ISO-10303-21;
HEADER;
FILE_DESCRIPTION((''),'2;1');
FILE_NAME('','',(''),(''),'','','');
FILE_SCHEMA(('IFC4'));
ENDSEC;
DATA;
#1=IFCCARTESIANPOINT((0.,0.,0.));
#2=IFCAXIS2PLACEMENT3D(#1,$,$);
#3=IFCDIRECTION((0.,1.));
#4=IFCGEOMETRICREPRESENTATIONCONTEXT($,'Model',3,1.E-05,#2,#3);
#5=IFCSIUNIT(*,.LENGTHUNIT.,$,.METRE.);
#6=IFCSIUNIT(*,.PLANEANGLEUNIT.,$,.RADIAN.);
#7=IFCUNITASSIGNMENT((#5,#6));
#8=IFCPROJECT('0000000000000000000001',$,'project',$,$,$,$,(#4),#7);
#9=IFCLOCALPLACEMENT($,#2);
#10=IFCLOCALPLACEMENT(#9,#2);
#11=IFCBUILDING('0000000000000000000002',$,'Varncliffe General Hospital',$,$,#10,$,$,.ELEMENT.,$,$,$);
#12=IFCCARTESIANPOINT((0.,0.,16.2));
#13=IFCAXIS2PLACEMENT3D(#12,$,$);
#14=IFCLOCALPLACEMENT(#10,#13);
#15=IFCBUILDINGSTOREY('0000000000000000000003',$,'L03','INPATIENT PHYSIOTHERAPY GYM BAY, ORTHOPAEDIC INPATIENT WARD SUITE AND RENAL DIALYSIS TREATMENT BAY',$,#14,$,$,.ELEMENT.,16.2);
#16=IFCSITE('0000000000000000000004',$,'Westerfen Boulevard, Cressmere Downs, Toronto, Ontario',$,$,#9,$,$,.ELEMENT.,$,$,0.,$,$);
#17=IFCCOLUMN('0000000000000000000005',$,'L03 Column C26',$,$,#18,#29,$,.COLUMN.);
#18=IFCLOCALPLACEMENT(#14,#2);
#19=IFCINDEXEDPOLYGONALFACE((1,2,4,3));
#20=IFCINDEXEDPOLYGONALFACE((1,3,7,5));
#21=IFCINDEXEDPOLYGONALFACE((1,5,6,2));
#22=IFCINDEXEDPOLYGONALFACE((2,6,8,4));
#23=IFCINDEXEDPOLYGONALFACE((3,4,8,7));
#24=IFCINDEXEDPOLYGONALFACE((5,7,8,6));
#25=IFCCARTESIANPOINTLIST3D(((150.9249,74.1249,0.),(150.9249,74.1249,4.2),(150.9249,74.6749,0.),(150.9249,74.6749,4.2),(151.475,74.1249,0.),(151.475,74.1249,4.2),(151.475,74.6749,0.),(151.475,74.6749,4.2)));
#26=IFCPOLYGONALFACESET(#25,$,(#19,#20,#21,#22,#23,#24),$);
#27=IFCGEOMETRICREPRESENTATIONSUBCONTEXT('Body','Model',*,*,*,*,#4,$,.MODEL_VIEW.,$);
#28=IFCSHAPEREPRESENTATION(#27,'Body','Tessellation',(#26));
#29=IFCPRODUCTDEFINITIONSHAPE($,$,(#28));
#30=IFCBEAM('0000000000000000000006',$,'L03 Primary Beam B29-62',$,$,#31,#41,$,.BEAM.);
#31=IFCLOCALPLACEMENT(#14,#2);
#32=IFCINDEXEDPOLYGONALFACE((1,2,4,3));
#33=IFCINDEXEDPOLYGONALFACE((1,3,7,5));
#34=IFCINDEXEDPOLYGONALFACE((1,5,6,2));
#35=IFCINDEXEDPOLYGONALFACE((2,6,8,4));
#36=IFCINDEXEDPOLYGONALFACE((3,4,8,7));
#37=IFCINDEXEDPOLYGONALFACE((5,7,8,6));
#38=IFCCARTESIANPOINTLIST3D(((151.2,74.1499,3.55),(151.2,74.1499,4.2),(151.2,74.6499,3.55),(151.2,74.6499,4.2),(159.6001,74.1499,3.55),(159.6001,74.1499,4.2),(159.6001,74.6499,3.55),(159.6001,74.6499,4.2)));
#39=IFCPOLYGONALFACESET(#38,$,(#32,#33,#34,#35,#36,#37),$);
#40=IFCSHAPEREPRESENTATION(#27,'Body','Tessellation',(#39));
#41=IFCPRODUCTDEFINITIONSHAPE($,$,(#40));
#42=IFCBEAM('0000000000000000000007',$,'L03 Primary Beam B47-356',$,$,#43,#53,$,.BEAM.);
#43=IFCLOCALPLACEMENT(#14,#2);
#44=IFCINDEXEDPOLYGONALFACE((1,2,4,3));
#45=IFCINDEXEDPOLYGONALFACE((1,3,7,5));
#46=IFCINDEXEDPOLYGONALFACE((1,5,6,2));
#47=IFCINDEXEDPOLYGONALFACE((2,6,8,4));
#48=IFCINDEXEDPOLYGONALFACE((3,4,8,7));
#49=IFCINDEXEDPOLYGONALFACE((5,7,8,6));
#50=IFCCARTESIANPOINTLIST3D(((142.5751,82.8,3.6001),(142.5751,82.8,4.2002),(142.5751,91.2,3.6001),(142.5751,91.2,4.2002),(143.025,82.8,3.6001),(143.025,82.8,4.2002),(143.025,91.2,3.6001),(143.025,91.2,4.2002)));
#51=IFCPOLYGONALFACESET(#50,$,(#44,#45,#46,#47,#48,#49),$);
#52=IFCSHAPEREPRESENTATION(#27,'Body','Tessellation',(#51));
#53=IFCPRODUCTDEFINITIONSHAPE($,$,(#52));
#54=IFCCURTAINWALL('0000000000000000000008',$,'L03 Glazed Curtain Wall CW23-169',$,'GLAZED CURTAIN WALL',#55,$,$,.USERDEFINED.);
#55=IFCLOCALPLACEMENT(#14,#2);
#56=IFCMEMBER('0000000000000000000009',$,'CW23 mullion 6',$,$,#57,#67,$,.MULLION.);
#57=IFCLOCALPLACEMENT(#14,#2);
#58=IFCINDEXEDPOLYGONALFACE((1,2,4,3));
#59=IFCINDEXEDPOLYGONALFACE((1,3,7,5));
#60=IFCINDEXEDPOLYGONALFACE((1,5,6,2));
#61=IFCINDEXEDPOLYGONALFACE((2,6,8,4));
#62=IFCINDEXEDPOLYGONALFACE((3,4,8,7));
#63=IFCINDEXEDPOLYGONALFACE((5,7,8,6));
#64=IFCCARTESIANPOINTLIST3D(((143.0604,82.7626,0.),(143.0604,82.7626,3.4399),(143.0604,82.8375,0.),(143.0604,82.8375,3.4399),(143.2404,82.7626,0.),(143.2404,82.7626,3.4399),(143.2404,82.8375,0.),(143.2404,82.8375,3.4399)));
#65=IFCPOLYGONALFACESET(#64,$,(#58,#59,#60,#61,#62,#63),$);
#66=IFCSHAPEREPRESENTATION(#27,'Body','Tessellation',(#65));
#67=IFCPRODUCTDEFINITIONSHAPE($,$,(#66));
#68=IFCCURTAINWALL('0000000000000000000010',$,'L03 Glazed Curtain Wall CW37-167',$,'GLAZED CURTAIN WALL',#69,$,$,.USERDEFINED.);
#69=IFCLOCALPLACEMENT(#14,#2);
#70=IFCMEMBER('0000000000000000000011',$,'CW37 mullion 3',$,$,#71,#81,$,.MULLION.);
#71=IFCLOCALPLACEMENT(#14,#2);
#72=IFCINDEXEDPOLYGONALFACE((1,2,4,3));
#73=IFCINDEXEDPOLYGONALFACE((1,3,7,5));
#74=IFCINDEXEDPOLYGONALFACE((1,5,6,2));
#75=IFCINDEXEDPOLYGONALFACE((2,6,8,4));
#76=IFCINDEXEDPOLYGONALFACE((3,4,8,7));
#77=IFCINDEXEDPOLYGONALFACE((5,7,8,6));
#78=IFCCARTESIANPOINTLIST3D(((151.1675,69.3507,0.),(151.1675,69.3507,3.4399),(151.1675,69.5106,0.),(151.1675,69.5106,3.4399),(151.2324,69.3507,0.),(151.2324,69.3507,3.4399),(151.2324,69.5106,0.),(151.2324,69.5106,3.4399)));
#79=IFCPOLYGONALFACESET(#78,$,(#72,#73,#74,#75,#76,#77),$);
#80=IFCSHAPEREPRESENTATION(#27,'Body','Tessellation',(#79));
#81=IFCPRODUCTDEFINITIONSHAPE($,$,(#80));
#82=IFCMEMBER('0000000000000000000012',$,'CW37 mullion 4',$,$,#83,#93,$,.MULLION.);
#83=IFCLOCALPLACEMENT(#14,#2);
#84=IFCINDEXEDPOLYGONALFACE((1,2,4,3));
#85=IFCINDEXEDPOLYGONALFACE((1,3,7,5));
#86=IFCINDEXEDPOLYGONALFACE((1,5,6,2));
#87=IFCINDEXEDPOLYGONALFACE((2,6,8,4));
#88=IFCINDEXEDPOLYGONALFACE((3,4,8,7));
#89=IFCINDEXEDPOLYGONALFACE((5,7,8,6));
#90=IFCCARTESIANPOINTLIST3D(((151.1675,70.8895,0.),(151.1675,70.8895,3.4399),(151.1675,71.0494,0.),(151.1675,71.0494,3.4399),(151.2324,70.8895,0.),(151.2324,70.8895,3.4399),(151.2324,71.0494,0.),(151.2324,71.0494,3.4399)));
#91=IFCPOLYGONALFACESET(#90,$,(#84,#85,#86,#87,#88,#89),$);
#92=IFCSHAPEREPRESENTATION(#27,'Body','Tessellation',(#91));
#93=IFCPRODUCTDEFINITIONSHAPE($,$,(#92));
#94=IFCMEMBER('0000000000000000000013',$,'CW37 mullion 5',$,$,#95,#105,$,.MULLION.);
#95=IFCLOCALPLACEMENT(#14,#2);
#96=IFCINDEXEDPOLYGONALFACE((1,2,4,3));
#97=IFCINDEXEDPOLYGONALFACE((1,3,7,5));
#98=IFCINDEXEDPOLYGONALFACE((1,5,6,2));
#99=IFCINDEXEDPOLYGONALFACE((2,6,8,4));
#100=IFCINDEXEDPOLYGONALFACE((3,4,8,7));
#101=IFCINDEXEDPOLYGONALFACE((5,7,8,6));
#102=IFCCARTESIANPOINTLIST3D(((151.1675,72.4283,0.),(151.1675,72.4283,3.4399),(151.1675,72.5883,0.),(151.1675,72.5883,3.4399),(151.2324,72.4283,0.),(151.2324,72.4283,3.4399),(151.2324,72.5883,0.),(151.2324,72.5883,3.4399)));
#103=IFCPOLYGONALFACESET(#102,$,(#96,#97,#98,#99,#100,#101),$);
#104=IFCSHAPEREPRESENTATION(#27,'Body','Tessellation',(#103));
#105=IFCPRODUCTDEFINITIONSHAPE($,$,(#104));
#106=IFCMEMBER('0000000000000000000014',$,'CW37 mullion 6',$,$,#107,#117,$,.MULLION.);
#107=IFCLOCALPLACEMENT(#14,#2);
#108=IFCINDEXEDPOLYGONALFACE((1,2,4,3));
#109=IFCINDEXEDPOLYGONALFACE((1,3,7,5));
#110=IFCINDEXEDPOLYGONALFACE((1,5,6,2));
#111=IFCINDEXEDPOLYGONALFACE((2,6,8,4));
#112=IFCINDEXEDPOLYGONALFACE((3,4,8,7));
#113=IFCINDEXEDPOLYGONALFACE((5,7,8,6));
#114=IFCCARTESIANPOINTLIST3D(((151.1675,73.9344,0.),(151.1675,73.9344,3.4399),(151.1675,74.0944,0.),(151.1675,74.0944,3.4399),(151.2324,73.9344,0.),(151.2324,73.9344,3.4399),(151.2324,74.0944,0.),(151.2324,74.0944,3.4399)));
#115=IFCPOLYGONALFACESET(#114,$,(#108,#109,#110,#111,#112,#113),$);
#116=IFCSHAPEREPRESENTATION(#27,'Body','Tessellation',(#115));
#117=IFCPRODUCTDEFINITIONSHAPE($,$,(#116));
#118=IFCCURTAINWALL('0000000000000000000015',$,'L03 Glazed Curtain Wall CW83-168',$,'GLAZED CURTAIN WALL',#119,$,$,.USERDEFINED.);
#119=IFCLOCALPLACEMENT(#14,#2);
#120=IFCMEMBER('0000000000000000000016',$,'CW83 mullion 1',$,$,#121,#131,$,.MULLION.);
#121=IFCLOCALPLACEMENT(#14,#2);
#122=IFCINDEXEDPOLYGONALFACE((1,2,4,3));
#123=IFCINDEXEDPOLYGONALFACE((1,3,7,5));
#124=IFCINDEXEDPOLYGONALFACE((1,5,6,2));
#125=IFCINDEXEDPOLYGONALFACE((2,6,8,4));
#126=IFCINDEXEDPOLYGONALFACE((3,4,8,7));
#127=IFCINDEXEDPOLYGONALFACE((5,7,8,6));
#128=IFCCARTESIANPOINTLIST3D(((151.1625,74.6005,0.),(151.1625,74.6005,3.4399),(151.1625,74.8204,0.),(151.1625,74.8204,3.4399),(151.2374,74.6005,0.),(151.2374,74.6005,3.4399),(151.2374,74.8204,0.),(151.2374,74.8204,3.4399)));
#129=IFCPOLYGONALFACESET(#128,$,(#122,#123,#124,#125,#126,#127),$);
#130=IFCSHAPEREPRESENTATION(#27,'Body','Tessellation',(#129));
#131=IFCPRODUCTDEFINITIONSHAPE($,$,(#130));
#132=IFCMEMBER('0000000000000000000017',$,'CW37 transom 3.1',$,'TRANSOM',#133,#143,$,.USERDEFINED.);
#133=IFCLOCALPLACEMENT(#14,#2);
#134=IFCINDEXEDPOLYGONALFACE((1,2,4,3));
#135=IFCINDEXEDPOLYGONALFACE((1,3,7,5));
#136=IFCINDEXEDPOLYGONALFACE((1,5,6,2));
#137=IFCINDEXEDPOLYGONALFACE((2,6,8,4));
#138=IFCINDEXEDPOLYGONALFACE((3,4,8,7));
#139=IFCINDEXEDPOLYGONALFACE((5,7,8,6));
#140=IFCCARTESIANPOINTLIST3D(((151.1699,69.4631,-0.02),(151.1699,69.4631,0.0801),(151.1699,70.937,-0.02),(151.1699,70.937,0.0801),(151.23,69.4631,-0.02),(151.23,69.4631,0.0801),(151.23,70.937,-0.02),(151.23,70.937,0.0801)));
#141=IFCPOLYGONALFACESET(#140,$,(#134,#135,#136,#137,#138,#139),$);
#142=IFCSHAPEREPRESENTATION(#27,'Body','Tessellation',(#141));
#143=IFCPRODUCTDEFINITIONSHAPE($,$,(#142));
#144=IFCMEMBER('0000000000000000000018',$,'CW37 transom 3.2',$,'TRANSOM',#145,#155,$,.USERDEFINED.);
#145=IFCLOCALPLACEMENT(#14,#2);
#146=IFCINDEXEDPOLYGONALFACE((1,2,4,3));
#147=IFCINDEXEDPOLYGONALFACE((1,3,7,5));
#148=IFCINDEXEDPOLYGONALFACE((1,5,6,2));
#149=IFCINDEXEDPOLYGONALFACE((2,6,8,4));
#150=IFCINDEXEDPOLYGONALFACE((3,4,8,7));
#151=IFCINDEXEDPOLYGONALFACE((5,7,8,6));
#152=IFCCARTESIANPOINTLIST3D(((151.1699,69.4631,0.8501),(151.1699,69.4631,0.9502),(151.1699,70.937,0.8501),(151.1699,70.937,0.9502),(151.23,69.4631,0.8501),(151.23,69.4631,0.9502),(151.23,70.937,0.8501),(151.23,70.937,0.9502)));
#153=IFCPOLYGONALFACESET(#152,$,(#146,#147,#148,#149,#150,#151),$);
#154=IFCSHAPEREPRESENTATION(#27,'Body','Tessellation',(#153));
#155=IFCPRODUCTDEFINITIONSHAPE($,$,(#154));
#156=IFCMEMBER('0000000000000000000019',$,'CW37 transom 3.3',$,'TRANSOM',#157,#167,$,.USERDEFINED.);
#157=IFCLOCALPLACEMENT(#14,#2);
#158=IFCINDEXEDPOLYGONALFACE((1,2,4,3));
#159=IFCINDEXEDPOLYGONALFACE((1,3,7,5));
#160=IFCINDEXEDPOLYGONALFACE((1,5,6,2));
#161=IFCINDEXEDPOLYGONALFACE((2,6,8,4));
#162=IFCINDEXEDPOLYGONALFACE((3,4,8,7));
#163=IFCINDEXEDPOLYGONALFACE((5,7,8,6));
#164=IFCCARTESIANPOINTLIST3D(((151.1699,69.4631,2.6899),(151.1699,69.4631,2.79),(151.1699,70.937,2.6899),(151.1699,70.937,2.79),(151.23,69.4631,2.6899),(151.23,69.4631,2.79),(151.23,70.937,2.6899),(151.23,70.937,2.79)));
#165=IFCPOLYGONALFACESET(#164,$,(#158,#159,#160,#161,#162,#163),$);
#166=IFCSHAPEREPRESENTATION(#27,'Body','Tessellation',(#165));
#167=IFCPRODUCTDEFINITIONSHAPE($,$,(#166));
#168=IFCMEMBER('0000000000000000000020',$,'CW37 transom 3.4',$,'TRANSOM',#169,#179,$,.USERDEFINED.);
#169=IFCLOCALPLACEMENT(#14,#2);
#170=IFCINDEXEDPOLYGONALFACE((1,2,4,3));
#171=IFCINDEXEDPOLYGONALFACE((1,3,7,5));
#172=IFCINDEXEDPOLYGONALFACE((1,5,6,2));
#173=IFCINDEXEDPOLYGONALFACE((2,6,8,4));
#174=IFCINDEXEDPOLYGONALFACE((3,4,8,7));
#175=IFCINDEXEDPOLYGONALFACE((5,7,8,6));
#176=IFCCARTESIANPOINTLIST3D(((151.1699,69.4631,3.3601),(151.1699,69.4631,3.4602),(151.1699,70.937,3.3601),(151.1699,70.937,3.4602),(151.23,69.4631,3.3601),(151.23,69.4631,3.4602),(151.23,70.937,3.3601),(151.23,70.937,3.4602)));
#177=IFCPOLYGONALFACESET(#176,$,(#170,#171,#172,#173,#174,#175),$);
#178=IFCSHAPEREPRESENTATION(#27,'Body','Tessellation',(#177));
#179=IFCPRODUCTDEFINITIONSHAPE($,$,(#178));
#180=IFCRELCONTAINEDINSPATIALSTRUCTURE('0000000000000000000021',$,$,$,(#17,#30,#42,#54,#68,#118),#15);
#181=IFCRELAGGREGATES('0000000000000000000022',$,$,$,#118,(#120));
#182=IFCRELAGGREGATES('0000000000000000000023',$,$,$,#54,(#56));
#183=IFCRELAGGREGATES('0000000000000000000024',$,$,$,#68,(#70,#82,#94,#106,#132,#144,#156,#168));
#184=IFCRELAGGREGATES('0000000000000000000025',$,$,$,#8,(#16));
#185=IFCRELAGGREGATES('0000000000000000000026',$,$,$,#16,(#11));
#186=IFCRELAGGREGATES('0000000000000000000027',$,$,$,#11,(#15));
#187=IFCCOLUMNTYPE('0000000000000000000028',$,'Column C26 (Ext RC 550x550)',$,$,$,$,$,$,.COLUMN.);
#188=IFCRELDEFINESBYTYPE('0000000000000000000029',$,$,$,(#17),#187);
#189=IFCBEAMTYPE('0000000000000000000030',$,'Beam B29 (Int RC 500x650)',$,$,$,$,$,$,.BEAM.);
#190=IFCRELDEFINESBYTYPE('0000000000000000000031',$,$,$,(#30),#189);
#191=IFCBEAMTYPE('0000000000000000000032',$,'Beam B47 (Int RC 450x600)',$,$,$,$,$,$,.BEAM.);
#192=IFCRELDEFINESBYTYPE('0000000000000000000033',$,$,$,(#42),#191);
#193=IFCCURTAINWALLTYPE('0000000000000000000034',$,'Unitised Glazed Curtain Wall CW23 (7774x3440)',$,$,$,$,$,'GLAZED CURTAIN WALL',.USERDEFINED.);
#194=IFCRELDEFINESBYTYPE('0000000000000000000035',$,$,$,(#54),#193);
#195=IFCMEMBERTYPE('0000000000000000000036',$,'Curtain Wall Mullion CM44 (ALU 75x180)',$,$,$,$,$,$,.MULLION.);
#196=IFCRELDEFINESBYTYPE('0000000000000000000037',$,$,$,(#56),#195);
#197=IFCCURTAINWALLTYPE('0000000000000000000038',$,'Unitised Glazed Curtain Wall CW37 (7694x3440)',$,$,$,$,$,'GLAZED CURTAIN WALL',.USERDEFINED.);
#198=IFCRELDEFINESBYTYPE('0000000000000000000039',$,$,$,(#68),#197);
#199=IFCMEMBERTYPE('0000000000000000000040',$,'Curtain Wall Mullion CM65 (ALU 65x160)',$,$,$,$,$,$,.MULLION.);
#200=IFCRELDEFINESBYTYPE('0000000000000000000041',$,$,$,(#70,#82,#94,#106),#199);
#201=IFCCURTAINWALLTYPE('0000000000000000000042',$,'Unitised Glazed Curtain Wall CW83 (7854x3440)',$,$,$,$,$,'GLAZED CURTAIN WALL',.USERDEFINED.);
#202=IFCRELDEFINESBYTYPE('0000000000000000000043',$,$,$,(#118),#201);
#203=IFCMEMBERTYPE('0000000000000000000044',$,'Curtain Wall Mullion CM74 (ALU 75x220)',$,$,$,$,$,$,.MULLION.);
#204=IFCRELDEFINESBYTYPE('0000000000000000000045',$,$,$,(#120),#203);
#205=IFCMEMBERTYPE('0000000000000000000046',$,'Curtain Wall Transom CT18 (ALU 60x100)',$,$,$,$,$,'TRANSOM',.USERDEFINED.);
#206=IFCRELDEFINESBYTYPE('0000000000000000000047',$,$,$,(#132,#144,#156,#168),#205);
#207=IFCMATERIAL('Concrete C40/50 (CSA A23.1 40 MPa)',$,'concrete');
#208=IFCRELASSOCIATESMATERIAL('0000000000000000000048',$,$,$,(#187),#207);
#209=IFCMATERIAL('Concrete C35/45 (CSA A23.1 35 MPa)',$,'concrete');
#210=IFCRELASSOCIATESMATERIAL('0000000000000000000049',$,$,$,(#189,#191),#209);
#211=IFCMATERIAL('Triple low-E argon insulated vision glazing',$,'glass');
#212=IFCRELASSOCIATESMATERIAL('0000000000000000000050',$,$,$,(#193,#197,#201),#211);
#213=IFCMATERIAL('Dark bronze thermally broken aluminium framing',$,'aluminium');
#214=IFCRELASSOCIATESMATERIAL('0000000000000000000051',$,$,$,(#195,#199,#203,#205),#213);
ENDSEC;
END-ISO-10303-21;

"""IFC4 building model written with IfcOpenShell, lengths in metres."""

from ifc_helpers import new_model, si_unit, direction, frame, origin, origin_2d, place, context, subcontext, project, spatial, rectangle, extrude, material, material_profile, profile_set, type_object, element, aggregate, save


model = new_model("IFC4")

# Units and contexts
model_context = context("Model", 3, precision=1e-05, world=origin(), true_north=direction((0.0, 1.0)))
body_context = subcontext(model_context, "Body", "Model", "MODEL_VIEW")
ifc_project = project(units=[si_unit("LENGTHUNIT", "METRE"), si_unit("PLANEANGLEUNIT", "RADIAN")], contexts=[model_context])

# Site, building, storey
site_placement = place(None, origin())
site = spatial("IfcSite", under=ifc_project, at=site_placement, Name="Westerfen Boulevard, Cressmere Downs, Toronto, Ontario", CompositionType="ELEMENT", RefElevation=0.0)
building_placement = place(site_placement, origin())
building = spatial("IfcBuilding", under=site, at=building_placement, Name="Varncliffe General Hospital", CompositionType="ELEMENT")
storey_placement = place(building_placement, frame((0.0, 0.0, 16.2)))
storey = spatial("IfcBuildingStorey", under=building, at=storey_placement, Name="L03", Description="INPATIENT PHYSIOTHERAPY GYM BAY, ORTHOPAEDIC INPATIENT WARD SUITE AND RENAL DIALYSIS TREATMENT BAY", CompositionType="ELEMENT", Elevation=16.2)

# Column
ifc_material_1 = material(Name="Concrete C40/50 (CSA A23.1 40 MPa)", Category="concrete")
ifc_material_profile_1 = material_profile(ifc_material_1, rectangle(XDim=0.55, YDim=0.55, at=origin_2d()), Name="RC 550x550")
ifc_profile_set_1 = profile_set([ifc_material_profile_1], Name="Concrete C40/50 (CSA A23.1 40 MPa)")
column_type = type_object("IfcColumnType", Name="Column C26 (Ext RC 550x550)", PredefinedType="COLUMN", material=ifc_profile_set_1)
column_placement = place(storey_placement, frame((151.2, 74.3999, 0.0), z_axis=(0.0, 0.0, 1.0), x_axis=(1.0, 0.0, 0.0)))
element("IfcColumn", 1, at=column_placement, inside=storey, type_object=column_type, Name="L03 Column C26", PredefinedType="COLUMN", context=body_context, shape_type="SweptSolid", body=[
    extrude(rectangle(XDim=0.55, YDim=0.55, at=origin_2d()), origin(), (0.0, 0.0, 1.0), 4.2),
])

# Beams
ifc_material_2 = material(Name="Concrete C35/45 (CSA A23.1 35 MPa)", Category="concrete")
ifc_material_profile_2 = material_profile(ifc_material_2, rectangle(XDim=0.5, YDim=0.6499, at=origin_2d()), Name="RC 500x650")
ifc_profile_set_2 = profile_set([ifc_material_profile_2], Name="Concrete C35/45 (CSA A23.1 35 MPa)")
beam_type_1 = type_object("IfcBeamType", Name="Beam B29 (Int RC 500x650)", PredefinedType="BEAM", material=ifc_profile_set_2)
beam_1_placement = place(storey_placement, frame((151.2, 74.3999, 3.875), z_axis=(1.0, 0.0, 0.0), x_axis=(0.0, 1.0, 0.0)))
element("IfcBeam", 2, at=beam_1_placement, inside=storey, type_object=beam_type_1, Name="L03 Primary Beam B29-62", PredefinedType="BEAM", context=body_context, shape_type="SweptSolid", body=[
    extrude(rectangle(XDim=0.5, YDim=0.6499, at=origin_2d()), origin(), (0.0, 0.0, 1.0), 8.4001),
])
ifc_material_profile_3 = material_profile(ifc_material_2, rectangle(XDim=0.45, YDim=0.6001, at=origin_2d()), Name="RC 450x600")
ifc_profile_set_3 = profile_set([ifc_material_profile_3], Name="Concrete C35/45 (CSA A23.1 35 MPa)")
beam_type_2 = type_object("IfcBeamType", Name="Beam B47 (Int RC 450x600)", PredefinedType="BEAM", material=ifc_profile_set_3)
beam_2_placement = place(storey_placement, frame((142.8, 82.8, 3.9001), z_axis=(0.0, 1.0, 0.0), x_axis=(-1.0, 0.0, 0.0)))
element("IfcBeam", 3, at=beam_2_placement, inside=storey, type_object=beam_type_2, Name="L03 Primary Beam B47-356", PredefinedType="BEAM", context=body_context, shape_type="SweptSolid", body=[
    extrude(rectangle(XDim=0.45, YDim=0.6001, at=origin_2d()), origin(), (0.0, 0.0, 1.0), 8.3999),
])

# Curtain wall, member
ifc_material_3 = material(Name="Triple low-E argon insulated vision glazing", Category="glass")
curtain_wall_type_1 = type_object("IfcCurtainWallType", Name="Unitised Glazed Curtain Wall CW23 (7774x3440)", ElementType="GLAZED CURTAIN WALL", PredefinedType="USERDEFINED", material=ifc_material_3)
curtain_wall_1_placement = place(storey_placement, origin())
curtain_wall_1 = element("IfcCurtainWall", 4, at=curtain_wall_1_placement, inside=storey, type_object=curtain_wall_type_1, Name="L03 Glazed Curtain Wall CW23-169", ObjectType="GLAZED CURTAIN WALL", PredefinedType="USERDEFINED")
ifc_material_4 = material(Name="Dark bronze thermally broken aluminium framing", Category="aluminium")
ifc_material_profile_4 = material_profile(ifc_material_4, rectangle(XDim=0.075, YDim=0.1799, at=origin_2d()), Name="ALU 75x180")
ifc_profile_set_4 = profile_set([ifc_material_profile_4], Name="Dark bronze thermally broken aluminium framing")
member_type_1 = type_object("IfcMemberType", Name="Curtain Wall Mullion CM44 (ALU 75x180)", PredefinedType="MULLION", material=ifc_profile_set_4)
member_1_placement = place(storey_placement, frame((143.1504, 82.8, 0.0), z_axis=(0.0, 0.0, 1.0), x_axis=(0.0, -1.0, 0.0)))
member_1 = element("IfcMember", 5, at=member_1_placement, type_object=member_type_1, Name="CW23 mullion 6", PredefinedType="MULLION", context=body_context, shape_type="SweptSolid", body=[
    extrude(rectangle(XDim=0.075, YDim=0.1799, at=origin_2d()), origin(), (0.0, 0.0, 1.0), 3.4399),
])

# Curtain wall, members
curtain_wall_type_2 = type_object("IfcCurtainWallType", Name="Unitised Glazed Curtain Wall CW37 (7694x3440)", ElementType="GLAZED CURTAIN WALL", PredefinedType="USERDEFINED", material=ifc_material_3)
curtain_wall_2_placement = place(storey_placement, origin())
curtain_wall_2 = element("IfcCurtainWall", 6, at=curtain_wall_2_placement, inside=storey, type_object=curtain_wall_type_2, Name="L03 Glazed Curtain Wall CW37-167", ObjectType="GLAZED CURTAIN WALL", PredefinedType="USERDEFINED")
ifc_material_profile_5 = material_profile(ifc_material_4, rectangle(XDim=0.0649, YDim=0.1599, at=origin_2d()), Name="ALU 65x160")
ifc_profile_set_5 = profile_set([ifc_material_profile_5], Name="Dark bronze thermally broken aluminium framing")
member_type_2 = type_object("IfcMemberType", Name="Curtain Wall Mullion CM65 (ALU 65x160)", PredefinedType="MULLION", material=ifc_profile_set_5)
member_2_placement = place(storey_placement, frame((151.2, 69.4307, 0.0), z_axis=(0.0, 0.0, 1.0), x_axis=(-1.0, 0.0, 0.0)))
member_2 = element("IfcMember", 7, at=member_2_placement, type_object=member_type_2, Name="CW37 mullion 3", PredefinedType="MULLION", context=body_context, shape_type="SweptSolid", body=[
    extrude(rectangle(XDim=0.0649, YDim=0.1599, at=origin_2d()), origin(), (0.0, 0.0, 1.0), 3.4399),
])
member_3_placement = place(storey_placement, frame((151.2, 70.9695, 0.0), z_axis=(0.0, 0.0, 1.0), x_axis=(-1.0, 0.0, 0.0)))
member_3 = element("IfcMember", 8, at=member_3_placement, type_object=member_type_2, Name="CW37 mullion 4", PredefinedType="MULLION", context=body_context, shape_type="SweptSolid", body=[
    extrude(rectangle(XDim=0.0649, YDim=0.1599, at=origin_2d()), origin(), (0.0, 0.0, 1.0), 3.4399),
])
member_4_placement = place(storey_placement, frame((151.2, 72.5083, 0.0), z_axis=(0.0, 0.0, 1.0), x_axis=(-1.0, 0.0, 0.0)))
member_4 = element("IfcMember", 9, at=member_4_placement, type_object=member_type_2, Name="CW37 mullion 5", PredefinedType="MULLION", context=body_context, shape_type="SweptSolid", body=[
    extrude(rectangle(XDim=0.0649, YDim=0.1599, at=origin_2d()), origin(), (0.0, 0.0, 1.0), 3.4399),
])
member_5_placement = place(storey_placement, frame((151.2, 74.0144, 0.0), z_axis=(0.0, 0.0, 1.0), x_axis=(-1.0, 0.0, 0.0)))
member_5 = element("IfcMember", 10, at=member_5_placement, type_object=member_type_2, Name="CW37 mullion 6", PredefinedType="MULLION", context=body_context, shape_type="SweptSolid", body=[
    extrude(rectangle(XDim=0.0649, YDim=0.1599, at=origin_2d()), origin(), (0.0, 0.0, 1.0), 3.4399),
])

# Curtain wall, member
curtain_wall_type_3 = type_object("IfcCurtainWallType", Name="Unitised Glazed Curtain Wall CW83 (7854x3440)", ElementType="GLAZED CURTAIN WALL", PredefinedType="USERDEFINED", material=ifc_material_3)
curtain_wall_3_placement = place(storey_placement, origin())
curtain_wall_3 = element("IfcCurtainWall", 11, at=curtain_wall_3_placement, inside=storey, type_object=curtain_wall_type_3, Name="L03 Glazed Curtain Wall CW83-168", ObjectType="GLAZED CURTAIN WALL", PredefinedType="USERDEFINED")
ifc_material_profile_6 = material_profile(ifc_material_4, rectangle(XDim=0.075, YDim=0.22, at=origin_2d()), Name="ALU 75x220")
ifc_profile_set_6 = profile_set([ifc_material_profile_6], Name="Dark bronze thermally broken aluminium framing")
member_type_3 = type_object("IfcMemberType", Name="Curtain Wall Mullion CM74 (ALU 75x220)", PredefinedType="MULLION", material=ifc_profile_set_6)
member_6_placement = place(storey_placement, frame((151.2, 74.7104, 0.0), z_axis=(0.0, 0.0, 1.0), x_axis=(-1.0, 0.0, 0.0)))
member_6 = element("IfcMember", 12, at=member_6_placement, type_object=member_type_3, Name="CW83 mullion 1", PredefinedType="MULLION", context=body_context, shape_type="SweptSolid", body=[
    extrude(rectangle(XDim=0.075, YDim=0.22, at=origin_2d()), origin(), (0.0, 0.0, 1.0), 3.4399),
])

# Members
ifc_material_profile_7 = material_profile(ifc_material_4, rectangle(XDim=0.0601, YDim=0.1001, at=origin_2d()), Name="ALU 60x100")
ifc_profile_set_7 = profile_set([ifc_material_profile_7], Name="Dark bronze thermally broken aluminium framing")
member_type_4 = type_object("IfcMemberType", Name="Curtain Wall Transom CT18 (ALU 60x100)", ElementType="TRANSOM", PredefinedType="USERDEFINED", material=ifc_profile_set_7)
member_7_placement = place(storey_placement, frame((151.2, 69.4631, 0.03), z_axis=(0.0, 1.0, 0.0), x_axis=(-1.0, 0.0, 0.0)))
member_7 = element("IfcMember", 13, at=member_7_placement, type_object=member_type_4, Name="CW37 transom 3.1", ObjectType="TRANSOM", PredefinedType="USERDEFINED", context=body_context, shape_type="SweptSolid", body=[
    extrude(rectangle(XDim=0.0601, YDim=0.1001, at=origin_2d()), origin(), (0.0, 0.0, 1.0), 1.4739),
])
member_8_placement = place(storey_placement, frame((151.2, 69.4631, 0.9001), z_axis=(0.0, 1.0, 0.0), x_axis=(-1.0, 0.0, 0.0)))
member_8 = element("IfcMember", 14, at=member_8_placement, type_object=member_type_4, Name="CW37 transom 3.2", ObjectType="TRANSOM", PredefinedType="USERDEFINED", context=body_context, shape_type="SweptSolid", body=[
    extrude(rectangle(XDim=0.0601, YDim=0.1001, at=origin_2d()), origin(), (0.0, 0.0, 1.0), 1.4739),
])
member_9_placement = place(storey_placement, frame((151.2, 69.4631, 2.74), z_axis=(0.0, 1.0, 0.0), x_axis=(-1.0, 0.0, 0.0)))
member_9 = element("IfcMember", 15, at=member_9_placement, type_object=member_type_4, Name="CW37 transom 3.3", ObjectType="TRANSOM", PredefinedType="USERDEFINED", context=body_context, shape_type="SweptSolid", body=[
    extrude(rectangle(XDim=0.0601, YDim=0.1001, at=origin_2d()), origin(), (0.0, 0.0, 1.0), 1.4739),
])
member_10_placement = place(storey_placement, frame((151.2, 69.4631, 3.4102), z_axis=(0.0, 1.0, 0.0), x_axis=(-1.0, 0.0, 0.0)))
member_10 = element("IfcMember", 16, at=member_10_placement, type_object=member_type_4, Name="CW37 transom 3.4", ObjectType="TRANSOM", PredefinedType="USERDEFINED", context=body_context, shape_type="SweptSolid", body=[
    extrude(rectangle(XDim=0.0601, YDim=0.1001, at=origin_2d()), origin(), (0.0, 0.0, 1.0), 1.4739),
])
aggregate(curtain_wall_3, [member_6])

aggregate(curtain_wall_1, [member_1])
aggregate(curtain_wall_2, [member_2, member_3, member_4, member_5, member_7, member_8, member_9, member_10])

save(model, "model.ifc")
